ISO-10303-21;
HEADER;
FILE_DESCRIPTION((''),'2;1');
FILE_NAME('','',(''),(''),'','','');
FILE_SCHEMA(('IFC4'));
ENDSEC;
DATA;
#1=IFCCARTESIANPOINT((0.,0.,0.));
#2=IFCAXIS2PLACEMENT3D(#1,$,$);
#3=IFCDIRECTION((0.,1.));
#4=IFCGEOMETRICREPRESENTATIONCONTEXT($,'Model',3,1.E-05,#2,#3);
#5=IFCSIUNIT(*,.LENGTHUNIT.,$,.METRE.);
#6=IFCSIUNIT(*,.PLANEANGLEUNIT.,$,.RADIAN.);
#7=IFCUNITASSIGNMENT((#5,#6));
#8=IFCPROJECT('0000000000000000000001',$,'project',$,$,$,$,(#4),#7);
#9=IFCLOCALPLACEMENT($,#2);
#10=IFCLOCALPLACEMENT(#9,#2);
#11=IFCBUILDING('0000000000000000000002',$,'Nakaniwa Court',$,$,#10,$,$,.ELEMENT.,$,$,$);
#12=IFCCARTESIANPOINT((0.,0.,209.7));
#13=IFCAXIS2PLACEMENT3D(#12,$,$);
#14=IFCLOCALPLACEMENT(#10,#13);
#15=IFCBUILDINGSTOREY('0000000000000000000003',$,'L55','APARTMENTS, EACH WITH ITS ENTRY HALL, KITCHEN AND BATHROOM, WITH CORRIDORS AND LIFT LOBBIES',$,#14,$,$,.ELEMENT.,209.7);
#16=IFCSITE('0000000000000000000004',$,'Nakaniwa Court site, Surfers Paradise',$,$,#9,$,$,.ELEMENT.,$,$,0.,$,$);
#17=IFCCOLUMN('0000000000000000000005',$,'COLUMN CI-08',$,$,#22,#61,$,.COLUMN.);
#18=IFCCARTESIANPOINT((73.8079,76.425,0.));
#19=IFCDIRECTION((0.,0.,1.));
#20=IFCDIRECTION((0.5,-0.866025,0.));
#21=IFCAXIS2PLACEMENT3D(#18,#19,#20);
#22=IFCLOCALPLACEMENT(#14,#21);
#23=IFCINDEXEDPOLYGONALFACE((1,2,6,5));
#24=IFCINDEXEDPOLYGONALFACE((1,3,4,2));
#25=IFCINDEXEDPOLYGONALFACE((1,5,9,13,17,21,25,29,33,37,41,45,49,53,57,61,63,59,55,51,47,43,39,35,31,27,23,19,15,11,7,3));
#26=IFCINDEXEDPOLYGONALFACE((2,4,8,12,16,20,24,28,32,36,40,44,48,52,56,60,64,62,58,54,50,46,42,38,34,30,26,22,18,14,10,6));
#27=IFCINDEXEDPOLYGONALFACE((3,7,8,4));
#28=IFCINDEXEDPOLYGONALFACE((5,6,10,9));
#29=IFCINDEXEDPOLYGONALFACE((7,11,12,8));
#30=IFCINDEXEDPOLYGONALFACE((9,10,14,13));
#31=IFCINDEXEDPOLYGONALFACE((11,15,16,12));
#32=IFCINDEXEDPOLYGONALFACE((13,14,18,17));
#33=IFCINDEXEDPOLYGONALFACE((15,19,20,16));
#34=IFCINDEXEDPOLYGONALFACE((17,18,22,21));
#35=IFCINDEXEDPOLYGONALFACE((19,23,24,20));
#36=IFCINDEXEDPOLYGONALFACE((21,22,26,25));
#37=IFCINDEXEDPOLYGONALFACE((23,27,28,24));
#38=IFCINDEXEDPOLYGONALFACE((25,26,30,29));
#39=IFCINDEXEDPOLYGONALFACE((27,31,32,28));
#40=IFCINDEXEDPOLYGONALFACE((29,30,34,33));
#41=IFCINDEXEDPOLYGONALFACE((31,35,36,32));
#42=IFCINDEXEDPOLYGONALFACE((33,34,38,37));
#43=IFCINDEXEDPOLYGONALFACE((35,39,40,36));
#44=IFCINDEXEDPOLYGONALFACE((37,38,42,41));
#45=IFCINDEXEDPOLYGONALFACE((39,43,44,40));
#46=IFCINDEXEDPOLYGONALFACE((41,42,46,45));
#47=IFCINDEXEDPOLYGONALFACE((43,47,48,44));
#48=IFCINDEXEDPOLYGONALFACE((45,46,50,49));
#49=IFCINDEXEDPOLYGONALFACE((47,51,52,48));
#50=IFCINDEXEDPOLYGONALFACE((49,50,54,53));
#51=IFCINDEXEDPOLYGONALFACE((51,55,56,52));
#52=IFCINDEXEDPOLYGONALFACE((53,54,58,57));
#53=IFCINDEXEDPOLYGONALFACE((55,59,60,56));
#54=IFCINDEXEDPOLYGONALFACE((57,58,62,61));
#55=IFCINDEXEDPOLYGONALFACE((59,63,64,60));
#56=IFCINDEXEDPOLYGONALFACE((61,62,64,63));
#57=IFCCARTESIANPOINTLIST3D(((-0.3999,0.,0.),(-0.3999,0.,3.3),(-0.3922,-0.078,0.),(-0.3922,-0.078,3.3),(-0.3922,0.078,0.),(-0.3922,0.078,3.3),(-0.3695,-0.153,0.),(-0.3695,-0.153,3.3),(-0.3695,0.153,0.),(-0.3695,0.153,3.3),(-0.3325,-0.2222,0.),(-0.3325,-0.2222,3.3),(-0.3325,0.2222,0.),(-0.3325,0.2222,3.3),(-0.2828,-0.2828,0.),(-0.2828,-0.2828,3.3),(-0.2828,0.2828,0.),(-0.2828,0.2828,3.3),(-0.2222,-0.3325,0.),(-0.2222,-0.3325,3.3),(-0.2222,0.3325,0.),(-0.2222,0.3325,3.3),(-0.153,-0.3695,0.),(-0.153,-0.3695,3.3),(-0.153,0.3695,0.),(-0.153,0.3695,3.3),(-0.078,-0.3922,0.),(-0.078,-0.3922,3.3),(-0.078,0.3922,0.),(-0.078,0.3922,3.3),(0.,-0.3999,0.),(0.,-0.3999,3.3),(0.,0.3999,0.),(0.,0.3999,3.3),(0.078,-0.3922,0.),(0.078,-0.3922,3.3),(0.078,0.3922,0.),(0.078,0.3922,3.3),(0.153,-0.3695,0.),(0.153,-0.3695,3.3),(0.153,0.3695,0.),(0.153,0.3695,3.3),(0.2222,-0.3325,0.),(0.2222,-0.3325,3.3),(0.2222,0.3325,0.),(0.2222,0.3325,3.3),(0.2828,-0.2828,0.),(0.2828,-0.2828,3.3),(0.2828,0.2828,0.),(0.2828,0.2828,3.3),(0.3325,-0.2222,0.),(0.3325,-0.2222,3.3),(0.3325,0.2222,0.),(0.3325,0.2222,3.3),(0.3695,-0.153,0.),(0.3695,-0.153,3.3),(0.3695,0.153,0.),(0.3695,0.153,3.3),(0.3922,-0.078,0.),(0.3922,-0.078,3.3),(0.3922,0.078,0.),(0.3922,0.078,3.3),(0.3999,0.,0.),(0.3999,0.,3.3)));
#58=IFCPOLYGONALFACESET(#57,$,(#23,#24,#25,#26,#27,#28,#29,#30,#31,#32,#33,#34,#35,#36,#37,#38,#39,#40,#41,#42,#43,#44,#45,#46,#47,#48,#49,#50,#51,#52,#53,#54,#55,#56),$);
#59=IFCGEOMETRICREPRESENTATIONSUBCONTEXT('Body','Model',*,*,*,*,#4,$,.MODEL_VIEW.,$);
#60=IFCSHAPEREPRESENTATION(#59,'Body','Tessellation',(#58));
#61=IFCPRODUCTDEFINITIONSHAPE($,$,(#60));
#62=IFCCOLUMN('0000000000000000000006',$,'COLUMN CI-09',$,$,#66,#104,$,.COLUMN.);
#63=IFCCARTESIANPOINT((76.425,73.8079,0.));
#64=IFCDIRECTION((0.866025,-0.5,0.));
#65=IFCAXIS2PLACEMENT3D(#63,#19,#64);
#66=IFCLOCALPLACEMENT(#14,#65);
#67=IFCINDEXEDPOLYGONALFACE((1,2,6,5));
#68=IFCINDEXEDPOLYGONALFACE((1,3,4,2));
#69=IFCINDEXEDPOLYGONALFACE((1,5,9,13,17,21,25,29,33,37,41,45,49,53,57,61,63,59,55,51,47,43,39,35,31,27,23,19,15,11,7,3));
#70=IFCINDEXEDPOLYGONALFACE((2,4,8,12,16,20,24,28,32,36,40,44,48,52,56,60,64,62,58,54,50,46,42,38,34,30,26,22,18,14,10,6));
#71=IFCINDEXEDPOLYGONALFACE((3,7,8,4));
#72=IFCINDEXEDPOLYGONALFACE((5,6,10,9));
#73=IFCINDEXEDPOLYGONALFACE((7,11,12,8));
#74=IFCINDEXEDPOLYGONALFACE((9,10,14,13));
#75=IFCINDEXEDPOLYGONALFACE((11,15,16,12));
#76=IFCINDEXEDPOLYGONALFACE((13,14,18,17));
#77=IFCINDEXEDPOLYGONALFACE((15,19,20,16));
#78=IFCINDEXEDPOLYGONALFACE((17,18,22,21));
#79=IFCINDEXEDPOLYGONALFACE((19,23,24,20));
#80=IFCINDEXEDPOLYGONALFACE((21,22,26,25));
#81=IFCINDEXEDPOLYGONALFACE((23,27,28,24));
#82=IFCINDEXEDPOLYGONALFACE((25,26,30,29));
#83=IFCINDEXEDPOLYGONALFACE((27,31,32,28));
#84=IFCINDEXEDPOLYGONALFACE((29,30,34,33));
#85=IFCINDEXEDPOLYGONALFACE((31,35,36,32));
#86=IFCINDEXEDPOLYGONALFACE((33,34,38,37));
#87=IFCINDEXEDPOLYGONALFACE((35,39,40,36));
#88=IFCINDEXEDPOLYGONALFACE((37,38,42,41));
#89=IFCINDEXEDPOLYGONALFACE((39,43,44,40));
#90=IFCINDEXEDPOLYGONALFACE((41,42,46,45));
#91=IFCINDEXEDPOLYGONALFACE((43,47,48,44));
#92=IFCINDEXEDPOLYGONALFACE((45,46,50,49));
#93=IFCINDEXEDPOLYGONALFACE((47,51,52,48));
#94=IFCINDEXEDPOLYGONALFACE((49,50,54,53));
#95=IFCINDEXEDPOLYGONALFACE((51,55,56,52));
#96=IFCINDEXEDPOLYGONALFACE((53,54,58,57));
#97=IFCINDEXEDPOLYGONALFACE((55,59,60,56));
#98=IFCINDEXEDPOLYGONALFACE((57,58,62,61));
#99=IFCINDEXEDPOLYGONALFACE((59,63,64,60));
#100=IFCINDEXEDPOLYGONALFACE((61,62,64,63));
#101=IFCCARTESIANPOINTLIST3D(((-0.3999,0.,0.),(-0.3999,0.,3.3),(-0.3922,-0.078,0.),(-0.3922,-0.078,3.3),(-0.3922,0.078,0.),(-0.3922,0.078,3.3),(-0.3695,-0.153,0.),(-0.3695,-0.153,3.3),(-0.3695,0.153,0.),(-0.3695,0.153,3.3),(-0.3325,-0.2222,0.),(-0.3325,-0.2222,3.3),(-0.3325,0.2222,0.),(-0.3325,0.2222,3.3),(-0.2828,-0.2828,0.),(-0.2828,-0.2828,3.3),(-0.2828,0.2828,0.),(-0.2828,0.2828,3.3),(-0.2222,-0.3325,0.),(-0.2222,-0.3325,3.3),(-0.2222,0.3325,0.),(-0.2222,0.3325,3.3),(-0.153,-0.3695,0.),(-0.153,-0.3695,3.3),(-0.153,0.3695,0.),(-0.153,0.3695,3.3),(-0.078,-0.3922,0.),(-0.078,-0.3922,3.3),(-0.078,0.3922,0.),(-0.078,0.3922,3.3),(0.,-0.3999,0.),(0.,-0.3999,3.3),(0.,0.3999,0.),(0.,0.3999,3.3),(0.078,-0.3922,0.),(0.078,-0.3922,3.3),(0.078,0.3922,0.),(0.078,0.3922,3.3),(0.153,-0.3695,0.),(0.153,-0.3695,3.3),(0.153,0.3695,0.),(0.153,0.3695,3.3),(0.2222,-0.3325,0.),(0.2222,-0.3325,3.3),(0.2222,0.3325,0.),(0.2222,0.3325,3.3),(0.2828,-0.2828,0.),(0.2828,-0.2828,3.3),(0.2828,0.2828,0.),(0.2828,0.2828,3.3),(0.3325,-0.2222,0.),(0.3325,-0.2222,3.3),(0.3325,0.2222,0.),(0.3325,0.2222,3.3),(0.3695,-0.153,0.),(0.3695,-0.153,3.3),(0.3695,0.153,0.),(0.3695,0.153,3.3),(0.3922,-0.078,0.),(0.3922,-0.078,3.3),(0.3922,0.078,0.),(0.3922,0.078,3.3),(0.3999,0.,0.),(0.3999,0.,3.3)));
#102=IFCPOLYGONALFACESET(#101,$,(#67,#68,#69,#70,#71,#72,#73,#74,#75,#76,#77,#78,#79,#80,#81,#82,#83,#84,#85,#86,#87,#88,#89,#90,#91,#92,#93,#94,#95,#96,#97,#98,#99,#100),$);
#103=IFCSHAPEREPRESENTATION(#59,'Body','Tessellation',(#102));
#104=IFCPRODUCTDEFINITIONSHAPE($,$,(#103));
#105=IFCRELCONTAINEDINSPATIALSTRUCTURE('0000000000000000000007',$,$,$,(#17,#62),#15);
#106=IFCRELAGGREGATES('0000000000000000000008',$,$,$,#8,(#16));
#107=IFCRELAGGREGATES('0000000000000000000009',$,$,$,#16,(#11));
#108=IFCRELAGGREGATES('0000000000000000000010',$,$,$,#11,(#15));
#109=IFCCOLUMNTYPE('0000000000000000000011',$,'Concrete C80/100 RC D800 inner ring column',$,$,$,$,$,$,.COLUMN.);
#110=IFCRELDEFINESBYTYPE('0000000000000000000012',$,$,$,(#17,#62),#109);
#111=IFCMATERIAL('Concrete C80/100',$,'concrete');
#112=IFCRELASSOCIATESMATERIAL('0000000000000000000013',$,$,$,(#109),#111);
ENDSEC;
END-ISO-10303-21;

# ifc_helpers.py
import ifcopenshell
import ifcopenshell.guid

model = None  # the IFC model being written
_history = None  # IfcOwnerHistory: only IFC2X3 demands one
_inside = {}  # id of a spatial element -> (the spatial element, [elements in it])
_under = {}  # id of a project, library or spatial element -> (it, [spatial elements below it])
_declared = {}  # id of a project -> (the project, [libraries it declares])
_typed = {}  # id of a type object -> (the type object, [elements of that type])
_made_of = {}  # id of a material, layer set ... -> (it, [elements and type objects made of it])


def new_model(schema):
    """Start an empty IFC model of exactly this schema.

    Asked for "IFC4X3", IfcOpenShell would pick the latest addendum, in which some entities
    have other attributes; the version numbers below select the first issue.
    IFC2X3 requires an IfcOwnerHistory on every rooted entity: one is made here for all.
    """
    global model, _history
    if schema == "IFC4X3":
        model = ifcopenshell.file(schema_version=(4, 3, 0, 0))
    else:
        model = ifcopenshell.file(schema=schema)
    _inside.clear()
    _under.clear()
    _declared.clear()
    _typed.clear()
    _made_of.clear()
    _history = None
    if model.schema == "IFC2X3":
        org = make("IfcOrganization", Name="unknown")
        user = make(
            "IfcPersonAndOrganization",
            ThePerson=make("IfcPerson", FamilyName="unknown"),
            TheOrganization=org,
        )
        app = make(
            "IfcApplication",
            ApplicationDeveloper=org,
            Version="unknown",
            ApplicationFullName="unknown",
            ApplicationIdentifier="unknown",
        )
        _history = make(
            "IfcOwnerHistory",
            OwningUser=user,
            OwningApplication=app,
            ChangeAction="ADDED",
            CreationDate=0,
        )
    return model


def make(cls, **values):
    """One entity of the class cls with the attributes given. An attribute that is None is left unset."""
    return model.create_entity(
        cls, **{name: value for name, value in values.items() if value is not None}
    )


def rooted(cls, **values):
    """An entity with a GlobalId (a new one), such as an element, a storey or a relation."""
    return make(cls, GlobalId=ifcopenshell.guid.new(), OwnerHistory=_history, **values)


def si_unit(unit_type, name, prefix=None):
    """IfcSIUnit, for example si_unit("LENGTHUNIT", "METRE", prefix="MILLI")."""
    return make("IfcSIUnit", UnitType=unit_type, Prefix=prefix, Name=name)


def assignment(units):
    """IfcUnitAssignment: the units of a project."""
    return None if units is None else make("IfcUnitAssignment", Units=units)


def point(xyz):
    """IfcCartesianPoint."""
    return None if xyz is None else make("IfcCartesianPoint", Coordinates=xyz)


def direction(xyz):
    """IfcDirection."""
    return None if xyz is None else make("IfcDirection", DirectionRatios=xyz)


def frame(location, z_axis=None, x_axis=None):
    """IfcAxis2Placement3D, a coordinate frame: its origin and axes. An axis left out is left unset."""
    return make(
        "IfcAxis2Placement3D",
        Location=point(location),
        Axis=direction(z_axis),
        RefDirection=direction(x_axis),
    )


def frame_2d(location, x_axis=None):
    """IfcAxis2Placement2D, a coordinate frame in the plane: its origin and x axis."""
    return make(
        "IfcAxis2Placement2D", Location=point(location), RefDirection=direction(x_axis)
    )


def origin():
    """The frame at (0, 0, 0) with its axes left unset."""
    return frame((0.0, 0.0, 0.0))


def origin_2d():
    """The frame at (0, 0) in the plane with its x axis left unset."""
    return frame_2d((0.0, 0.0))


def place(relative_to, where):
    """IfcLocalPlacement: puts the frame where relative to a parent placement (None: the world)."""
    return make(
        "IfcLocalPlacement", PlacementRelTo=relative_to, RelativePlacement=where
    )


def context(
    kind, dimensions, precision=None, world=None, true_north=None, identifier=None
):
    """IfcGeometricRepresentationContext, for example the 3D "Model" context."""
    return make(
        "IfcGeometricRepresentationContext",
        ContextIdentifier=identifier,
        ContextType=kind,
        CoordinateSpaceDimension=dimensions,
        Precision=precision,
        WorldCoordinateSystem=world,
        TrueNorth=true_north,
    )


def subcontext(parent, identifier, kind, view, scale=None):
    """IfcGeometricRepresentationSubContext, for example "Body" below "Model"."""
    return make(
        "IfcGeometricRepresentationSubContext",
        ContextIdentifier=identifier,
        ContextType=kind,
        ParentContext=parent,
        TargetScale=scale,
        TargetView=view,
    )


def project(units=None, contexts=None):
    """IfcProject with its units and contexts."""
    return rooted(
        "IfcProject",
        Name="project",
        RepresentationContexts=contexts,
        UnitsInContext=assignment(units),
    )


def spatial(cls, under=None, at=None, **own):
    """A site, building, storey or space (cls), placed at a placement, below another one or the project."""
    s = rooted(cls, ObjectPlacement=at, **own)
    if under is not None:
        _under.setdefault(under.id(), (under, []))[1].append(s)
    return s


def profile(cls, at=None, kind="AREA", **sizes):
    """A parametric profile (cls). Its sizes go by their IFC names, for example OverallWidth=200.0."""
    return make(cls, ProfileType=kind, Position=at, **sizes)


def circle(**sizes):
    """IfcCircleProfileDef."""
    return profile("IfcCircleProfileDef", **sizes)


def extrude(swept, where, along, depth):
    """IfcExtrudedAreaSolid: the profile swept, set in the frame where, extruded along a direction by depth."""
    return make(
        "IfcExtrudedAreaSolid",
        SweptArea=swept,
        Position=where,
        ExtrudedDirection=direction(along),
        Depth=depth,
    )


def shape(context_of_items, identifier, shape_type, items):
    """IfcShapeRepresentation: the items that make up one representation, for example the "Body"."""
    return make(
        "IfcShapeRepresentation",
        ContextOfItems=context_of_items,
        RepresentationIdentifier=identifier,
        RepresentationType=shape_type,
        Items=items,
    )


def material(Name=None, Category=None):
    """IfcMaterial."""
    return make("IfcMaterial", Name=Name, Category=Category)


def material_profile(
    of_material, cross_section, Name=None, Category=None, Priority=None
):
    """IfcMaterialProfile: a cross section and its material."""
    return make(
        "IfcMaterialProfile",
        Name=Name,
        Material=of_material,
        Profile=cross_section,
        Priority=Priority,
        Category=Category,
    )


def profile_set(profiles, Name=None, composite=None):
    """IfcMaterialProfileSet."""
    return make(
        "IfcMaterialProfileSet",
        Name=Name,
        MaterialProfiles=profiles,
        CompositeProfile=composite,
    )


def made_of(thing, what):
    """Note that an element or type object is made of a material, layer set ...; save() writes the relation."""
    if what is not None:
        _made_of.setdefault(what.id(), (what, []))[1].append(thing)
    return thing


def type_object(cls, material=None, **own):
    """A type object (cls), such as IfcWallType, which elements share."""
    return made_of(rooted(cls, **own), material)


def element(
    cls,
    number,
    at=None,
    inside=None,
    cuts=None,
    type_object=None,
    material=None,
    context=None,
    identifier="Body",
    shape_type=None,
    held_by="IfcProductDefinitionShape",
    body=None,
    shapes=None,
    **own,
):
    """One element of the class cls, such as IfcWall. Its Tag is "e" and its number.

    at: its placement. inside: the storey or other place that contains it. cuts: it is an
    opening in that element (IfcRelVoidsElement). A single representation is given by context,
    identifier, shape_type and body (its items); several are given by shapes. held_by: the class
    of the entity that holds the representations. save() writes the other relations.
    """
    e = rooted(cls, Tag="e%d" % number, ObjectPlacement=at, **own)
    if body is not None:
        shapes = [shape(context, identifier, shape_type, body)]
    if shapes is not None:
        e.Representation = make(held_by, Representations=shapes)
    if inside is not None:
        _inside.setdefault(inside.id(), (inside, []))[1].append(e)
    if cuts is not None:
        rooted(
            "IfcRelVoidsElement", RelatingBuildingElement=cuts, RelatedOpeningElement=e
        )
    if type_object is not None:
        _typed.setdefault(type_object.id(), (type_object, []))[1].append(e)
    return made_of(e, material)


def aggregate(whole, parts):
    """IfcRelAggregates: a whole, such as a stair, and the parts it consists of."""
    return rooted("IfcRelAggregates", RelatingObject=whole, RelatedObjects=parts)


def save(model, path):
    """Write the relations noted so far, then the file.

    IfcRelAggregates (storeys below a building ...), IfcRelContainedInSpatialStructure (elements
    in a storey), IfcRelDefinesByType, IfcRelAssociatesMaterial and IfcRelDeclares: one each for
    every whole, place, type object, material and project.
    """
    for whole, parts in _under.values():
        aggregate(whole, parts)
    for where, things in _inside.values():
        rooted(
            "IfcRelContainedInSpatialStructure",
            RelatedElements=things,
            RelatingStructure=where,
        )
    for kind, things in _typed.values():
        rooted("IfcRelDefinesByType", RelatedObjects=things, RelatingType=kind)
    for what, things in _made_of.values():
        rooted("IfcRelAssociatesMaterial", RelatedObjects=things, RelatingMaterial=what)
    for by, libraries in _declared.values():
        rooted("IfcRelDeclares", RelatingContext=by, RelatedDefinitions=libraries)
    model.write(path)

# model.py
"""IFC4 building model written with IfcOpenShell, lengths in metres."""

from ifc_helpers import new_model, si_unit, direction, frame, origin, origin_2d, place, context, subcontext, project, spatial, circle, extrude, material, material_profile, profile_set, type_object, element, save


model = new_model("IFC4")

# Units and contexts
model_context = context("Model", 3, precision=1e-05, world=origin(), true_north=direction((0.0, 1.0)))
body_context = subcontext(model_context, "Body", "Model", "MODEL_VIEW")
ifc_project = project(units=[si_unit("LENGTHUNIT", "METRE"), si_unit("PLANEANGLEUNIT", "RADIAN")], contexts=[model_context])

# Site, building, storey
site_placement = place(None, origin())
site = spatial("IfcSite", under=ifc_project, at=site_placement, Name="Nakaniwa Court site, Surfers Paradise", CompositionType="ELEMENT", RefElevation=0.0)
building_placement = place(site_placement, origin())
building = spatial("IfcBuilding", under=site, at=building_placement, Name="Nakaniwa Court", CompositionType="ELEMENT")
storey_placement = place(building_placement, frame((0.0, 0.0, 209.7)))
storey = spatial("IfcBuildingStorey", under=building, at=storey_placement, Name="L55", Description="APARTMENTS, EACH WITH ITS ENTRY HALL, KITCHEN AND BATHROOM, WITH CORRIDORS AND LIFT LOBBIES", CompositionType="ELEMENT", Elevation=209.7)

# Columns
ifc_material_1 = material(Name="Concrete C80/100", Category="concrete")
ifc_material_profile_1 = material_profile(ifc_material_1, circle(Radius=0.3999, at=origin_2d()), Name="Concrete C80/100 RC D800 inner ring column")
ifc_profile_set_1 = profile_set([ifc_material_profile_1], Name="Concrete C80/100")
column_type_1 = type_object("IfcColumnType", Name="Concrete C80/100 RC D800 inner ring column", PredefinedType="COLUMN", material=ifc_profile_set_1)
for number, where, z_axis, x_axis, name in (
    (1, (73.8079, 76.425, 0.0), (0.0, 0.0, 1.0), (0.5, -0.866025, 0.0), "COLUMN CI-08"),
    (2, (76.425, 73.8079, 0.0), (0.0, 0.0, 1.0), (0.866025, -0.5, 0.0), "COLUMN CI-09"),
):
    element("IfcColumn", number, at=place(storey_placement, frame(where, z_axis=z_axis, x_axis=x_axis)), inside=storey, type_object=column_type_1, Name=name, PredefinedType="COLUMN", context=body_context, shape_type="SweptSolid", body=[
        extrude(circle(Radius=0.3999, at=origin_2d()), origin(), (0.0, 0.0, 1.0), 3.3),
    ])

save(model, "model.ifc")
